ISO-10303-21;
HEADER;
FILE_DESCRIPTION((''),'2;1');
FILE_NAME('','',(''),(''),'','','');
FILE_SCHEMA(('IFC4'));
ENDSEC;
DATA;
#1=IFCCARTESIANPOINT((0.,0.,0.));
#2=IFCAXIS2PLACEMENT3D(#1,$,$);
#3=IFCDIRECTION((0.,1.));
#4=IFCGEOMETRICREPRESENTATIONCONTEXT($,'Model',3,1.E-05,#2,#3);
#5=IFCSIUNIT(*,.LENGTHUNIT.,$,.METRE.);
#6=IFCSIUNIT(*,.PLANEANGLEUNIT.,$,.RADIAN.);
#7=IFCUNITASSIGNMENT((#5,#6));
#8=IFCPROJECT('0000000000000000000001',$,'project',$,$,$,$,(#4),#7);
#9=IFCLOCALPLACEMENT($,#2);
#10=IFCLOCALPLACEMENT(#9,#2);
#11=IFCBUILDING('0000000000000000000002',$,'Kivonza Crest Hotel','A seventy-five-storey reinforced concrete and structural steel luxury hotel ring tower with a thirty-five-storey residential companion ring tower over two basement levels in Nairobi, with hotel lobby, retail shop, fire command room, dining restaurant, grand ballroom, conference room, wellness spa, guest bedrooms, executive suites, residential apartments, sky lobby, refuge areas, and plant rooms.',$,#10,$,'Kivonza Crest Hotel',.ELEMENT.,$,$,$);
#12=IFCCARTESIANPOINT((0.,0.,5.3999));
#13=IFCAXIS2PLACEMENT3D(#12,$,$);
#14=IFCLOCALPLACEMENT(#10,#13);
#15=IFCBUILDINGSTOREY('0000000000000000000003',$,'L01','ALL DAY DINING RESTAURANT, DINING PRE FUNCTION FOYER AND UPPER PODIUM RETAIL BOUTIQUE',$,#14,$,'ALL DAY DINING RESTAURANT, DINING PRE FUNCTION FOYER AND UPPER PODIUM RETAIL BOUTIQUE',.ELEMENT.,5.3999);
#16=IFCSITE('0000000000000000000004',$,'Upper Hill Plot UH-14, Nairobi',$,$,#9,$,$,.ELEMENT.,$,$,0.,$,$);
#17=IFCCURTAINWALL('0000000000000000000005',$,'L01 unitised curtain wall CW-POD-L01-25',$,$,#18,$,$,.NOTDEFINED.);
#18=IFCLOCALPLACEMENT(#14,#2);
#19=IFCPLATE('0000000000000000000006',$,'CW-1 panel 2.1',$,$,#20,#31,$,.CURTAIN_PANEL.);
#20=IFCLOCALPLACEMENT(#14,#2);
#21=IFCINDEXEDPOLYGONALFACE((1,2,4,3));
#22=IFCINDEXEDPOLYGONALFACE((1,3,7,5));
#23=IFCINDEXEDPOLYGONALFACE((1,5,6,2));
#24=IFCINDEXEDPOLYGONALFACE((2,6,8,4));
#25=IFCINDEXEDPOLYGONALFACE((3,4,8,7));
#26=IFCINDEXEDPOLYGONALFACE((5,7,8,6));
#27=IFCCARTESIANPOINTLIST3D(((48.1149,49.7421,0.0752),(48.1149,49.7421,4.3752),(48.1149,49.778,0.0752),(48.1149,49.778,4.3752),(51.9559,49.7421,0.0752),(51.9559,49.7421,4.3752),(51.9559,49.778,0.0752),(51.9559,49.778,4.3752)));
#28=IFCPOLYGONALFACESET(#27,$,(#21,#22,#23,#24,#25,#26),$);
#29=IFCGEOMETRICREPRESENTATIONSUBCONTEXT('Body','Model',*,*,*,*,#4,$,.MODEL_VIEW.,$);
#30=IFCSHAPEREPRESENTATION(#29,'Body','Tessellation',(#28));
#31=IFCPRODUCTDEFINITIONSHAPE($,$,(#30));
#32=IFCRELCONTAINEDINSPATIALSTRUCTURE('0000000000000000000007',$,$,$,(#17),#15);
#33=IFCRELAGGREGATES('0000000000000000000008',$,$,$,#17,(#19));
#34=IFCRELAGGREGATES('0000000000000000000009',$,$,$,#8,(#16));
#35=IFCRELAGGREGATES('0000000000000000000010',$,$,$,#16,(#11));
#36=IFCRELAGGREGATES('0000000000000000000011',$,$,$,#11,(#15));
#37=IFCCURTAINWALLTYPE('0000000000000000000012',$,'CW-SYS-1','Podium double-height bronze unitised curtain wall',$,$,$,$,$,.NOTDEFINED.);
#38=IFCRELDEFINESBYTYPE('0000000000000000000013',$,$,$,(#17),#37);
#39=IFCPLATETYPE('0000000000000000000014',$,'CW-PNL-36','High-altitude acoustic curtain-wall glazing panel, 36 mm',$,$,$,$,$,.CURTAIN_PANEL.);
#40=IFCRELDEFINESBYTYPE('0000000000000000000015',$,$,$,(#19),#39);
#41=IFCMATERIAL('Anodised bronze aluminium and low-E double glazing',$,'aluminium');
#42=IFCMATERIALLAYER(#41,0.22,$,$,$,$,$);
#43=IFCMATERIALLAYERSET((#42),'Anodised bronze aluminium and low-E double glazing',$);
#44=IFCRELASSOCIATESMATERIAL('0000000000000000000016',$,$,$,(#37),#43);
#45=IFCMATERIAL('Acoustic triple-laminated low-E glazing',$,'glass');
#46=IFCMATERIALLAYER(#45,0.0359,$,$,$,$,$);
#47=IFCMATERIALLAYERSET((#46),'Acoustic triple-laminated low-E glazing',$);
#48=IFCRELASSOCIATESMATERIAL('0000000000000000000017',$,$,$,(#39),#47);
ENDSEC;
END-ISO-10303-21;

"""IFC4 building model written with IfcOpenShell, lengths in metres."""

from ifc_helpers import new_model, si_unit, direction, frame, origin, origin_2d, place, context, subcontext, project, spatial, rectangle, extrude, material, layer, layer_set, type_object, element, aggregate, save


model = new_model("IFC4")

# Units and contexts
model_context = context("Model", 3, precision=1e-05, world=origin(), true_north=direction((0.0, 1.0)))
body_context = subcontext(model_context, "Body", "Model", "MODEL_VIEW")
ifc_project = project(units=[si_unit("LENGTHUNIT", "METRE"), si_unit("PLANEANGLEUNIT", "RADIAN")], contexts=[model_context])

# Site, building, storey
site_placement = place(None, origin())
site = spatial("IfcSite", under=ifc_project, at=site_placement, Name="Upper Hill Plot UH-14, Nairobi", CompositionType="ELEMENT", RefElevation=0.0)
building_placement = place(site_placement, origin())
building = spatial("IfcBuilding", under=site, at=building_placement, Name="Kivonza Crest Hotel", Description="A seventy-five-storey reinforced concrete and structural steel luxury hotel ring tower with a thirty-five-storey residential companion ring tower over two basement levels in Nairobi, with hotel lobby, retail shop, fire command room, dining restaurant, grand ballroom, conference room, wellness spa, guest bedrooms, executive suites, residential apartments, sky lobby, refuge areas, and plant rooms.", LongName="Kivonza Crest Hotel", CompositionType="ELEMENT")
storey_placement = place(building_placement, frame((0.0, 0.0, 5.3999)))
storey = spatial("IfcBuildingStorey", under=building, at=storey_placement, Name="L01", Description="ALL DAY DINING RESTAURANT, DINING PRE FUNCTION FOYER AND UPPER PODIUM RETAIL BOUTIQUE", LongName="ALL DAY DINING RESTAURANT, DINING PRE FUNCTION FOYER AND UPPER PODIUM RETAIL BOUTIQUE", CompositionType="ELEMENT", Elevation=5.3999)

# Curtain wall
ifc_material_1 = material(Name="Anodised bronze aluminium and low-E double glazing", Category="aluminium")
ifc_layer_1 = layer(ifc_material_1, 0.22)
ifc_layer_set_1 = layer_set([ifc_layer_1], Name="Anodised bronze aluminium and low-E double glazing")
curtain_wall_type = type_object("IfcCurtainWallType", Name="CW-SYS-1", Description="Podium double-height bronze unitised curtain wall", PredefinedType="NOTDEFINED", material=ifc_layer_set_1)
curtain_wall_1_placement = place(storey_placement, origin())
curtain_wall_1 = element("IfcCurtainWall", 1, at=curtain_wall_1_placement, inside=storey, type_object=curtain_wall_type, Name="L01 unitised curtain wall CW-POD-L01-25", PredefinedType="NOTDEFINED")

# Plate
ifc_material_2 = material(Name="Acoustic triple-laminated low-E glazing", Category="glass")
ifc_layer_2 = layer(ifc_material_2, 0.0359)
ifc_layer_set_2 = layer_set([ifc_layer_2], Name="Acoustic triple-laminated low-E glazing")
plate_type = type_object("IfcPlateType", Name="CW-PNL-36", Description="High-altitude acoustic curtain-wall glazing panel, 36 mm", PredefinedType="CURTAIN_PANEL", material=ifc_layer_set_2)
plate_1_placement = place(storey_placement, frame((50.0354, 49.76, 0.0752), z_axis=(0.0, 0.0, 1.0), x_axis=(-1.0, 0.0, 0.0)))
plate_1 = element("IfcPlate", 2, at=plate_1_placement, type_object=plate_type, Name="CW-1 panel 2.1", PredefinedType="CURTAIN_PANEL", context=body_context, shape_type="SweptSolid", body=[
    extrude(rectangle(XDim=3.8411, YDim=0.0359, at=origin_2d()), origin(), (0.0, 0.0, 1.0), 4.3),
])
aggregate(curtain_wall_1, [plate_1])

save(model, "model.ifc")
